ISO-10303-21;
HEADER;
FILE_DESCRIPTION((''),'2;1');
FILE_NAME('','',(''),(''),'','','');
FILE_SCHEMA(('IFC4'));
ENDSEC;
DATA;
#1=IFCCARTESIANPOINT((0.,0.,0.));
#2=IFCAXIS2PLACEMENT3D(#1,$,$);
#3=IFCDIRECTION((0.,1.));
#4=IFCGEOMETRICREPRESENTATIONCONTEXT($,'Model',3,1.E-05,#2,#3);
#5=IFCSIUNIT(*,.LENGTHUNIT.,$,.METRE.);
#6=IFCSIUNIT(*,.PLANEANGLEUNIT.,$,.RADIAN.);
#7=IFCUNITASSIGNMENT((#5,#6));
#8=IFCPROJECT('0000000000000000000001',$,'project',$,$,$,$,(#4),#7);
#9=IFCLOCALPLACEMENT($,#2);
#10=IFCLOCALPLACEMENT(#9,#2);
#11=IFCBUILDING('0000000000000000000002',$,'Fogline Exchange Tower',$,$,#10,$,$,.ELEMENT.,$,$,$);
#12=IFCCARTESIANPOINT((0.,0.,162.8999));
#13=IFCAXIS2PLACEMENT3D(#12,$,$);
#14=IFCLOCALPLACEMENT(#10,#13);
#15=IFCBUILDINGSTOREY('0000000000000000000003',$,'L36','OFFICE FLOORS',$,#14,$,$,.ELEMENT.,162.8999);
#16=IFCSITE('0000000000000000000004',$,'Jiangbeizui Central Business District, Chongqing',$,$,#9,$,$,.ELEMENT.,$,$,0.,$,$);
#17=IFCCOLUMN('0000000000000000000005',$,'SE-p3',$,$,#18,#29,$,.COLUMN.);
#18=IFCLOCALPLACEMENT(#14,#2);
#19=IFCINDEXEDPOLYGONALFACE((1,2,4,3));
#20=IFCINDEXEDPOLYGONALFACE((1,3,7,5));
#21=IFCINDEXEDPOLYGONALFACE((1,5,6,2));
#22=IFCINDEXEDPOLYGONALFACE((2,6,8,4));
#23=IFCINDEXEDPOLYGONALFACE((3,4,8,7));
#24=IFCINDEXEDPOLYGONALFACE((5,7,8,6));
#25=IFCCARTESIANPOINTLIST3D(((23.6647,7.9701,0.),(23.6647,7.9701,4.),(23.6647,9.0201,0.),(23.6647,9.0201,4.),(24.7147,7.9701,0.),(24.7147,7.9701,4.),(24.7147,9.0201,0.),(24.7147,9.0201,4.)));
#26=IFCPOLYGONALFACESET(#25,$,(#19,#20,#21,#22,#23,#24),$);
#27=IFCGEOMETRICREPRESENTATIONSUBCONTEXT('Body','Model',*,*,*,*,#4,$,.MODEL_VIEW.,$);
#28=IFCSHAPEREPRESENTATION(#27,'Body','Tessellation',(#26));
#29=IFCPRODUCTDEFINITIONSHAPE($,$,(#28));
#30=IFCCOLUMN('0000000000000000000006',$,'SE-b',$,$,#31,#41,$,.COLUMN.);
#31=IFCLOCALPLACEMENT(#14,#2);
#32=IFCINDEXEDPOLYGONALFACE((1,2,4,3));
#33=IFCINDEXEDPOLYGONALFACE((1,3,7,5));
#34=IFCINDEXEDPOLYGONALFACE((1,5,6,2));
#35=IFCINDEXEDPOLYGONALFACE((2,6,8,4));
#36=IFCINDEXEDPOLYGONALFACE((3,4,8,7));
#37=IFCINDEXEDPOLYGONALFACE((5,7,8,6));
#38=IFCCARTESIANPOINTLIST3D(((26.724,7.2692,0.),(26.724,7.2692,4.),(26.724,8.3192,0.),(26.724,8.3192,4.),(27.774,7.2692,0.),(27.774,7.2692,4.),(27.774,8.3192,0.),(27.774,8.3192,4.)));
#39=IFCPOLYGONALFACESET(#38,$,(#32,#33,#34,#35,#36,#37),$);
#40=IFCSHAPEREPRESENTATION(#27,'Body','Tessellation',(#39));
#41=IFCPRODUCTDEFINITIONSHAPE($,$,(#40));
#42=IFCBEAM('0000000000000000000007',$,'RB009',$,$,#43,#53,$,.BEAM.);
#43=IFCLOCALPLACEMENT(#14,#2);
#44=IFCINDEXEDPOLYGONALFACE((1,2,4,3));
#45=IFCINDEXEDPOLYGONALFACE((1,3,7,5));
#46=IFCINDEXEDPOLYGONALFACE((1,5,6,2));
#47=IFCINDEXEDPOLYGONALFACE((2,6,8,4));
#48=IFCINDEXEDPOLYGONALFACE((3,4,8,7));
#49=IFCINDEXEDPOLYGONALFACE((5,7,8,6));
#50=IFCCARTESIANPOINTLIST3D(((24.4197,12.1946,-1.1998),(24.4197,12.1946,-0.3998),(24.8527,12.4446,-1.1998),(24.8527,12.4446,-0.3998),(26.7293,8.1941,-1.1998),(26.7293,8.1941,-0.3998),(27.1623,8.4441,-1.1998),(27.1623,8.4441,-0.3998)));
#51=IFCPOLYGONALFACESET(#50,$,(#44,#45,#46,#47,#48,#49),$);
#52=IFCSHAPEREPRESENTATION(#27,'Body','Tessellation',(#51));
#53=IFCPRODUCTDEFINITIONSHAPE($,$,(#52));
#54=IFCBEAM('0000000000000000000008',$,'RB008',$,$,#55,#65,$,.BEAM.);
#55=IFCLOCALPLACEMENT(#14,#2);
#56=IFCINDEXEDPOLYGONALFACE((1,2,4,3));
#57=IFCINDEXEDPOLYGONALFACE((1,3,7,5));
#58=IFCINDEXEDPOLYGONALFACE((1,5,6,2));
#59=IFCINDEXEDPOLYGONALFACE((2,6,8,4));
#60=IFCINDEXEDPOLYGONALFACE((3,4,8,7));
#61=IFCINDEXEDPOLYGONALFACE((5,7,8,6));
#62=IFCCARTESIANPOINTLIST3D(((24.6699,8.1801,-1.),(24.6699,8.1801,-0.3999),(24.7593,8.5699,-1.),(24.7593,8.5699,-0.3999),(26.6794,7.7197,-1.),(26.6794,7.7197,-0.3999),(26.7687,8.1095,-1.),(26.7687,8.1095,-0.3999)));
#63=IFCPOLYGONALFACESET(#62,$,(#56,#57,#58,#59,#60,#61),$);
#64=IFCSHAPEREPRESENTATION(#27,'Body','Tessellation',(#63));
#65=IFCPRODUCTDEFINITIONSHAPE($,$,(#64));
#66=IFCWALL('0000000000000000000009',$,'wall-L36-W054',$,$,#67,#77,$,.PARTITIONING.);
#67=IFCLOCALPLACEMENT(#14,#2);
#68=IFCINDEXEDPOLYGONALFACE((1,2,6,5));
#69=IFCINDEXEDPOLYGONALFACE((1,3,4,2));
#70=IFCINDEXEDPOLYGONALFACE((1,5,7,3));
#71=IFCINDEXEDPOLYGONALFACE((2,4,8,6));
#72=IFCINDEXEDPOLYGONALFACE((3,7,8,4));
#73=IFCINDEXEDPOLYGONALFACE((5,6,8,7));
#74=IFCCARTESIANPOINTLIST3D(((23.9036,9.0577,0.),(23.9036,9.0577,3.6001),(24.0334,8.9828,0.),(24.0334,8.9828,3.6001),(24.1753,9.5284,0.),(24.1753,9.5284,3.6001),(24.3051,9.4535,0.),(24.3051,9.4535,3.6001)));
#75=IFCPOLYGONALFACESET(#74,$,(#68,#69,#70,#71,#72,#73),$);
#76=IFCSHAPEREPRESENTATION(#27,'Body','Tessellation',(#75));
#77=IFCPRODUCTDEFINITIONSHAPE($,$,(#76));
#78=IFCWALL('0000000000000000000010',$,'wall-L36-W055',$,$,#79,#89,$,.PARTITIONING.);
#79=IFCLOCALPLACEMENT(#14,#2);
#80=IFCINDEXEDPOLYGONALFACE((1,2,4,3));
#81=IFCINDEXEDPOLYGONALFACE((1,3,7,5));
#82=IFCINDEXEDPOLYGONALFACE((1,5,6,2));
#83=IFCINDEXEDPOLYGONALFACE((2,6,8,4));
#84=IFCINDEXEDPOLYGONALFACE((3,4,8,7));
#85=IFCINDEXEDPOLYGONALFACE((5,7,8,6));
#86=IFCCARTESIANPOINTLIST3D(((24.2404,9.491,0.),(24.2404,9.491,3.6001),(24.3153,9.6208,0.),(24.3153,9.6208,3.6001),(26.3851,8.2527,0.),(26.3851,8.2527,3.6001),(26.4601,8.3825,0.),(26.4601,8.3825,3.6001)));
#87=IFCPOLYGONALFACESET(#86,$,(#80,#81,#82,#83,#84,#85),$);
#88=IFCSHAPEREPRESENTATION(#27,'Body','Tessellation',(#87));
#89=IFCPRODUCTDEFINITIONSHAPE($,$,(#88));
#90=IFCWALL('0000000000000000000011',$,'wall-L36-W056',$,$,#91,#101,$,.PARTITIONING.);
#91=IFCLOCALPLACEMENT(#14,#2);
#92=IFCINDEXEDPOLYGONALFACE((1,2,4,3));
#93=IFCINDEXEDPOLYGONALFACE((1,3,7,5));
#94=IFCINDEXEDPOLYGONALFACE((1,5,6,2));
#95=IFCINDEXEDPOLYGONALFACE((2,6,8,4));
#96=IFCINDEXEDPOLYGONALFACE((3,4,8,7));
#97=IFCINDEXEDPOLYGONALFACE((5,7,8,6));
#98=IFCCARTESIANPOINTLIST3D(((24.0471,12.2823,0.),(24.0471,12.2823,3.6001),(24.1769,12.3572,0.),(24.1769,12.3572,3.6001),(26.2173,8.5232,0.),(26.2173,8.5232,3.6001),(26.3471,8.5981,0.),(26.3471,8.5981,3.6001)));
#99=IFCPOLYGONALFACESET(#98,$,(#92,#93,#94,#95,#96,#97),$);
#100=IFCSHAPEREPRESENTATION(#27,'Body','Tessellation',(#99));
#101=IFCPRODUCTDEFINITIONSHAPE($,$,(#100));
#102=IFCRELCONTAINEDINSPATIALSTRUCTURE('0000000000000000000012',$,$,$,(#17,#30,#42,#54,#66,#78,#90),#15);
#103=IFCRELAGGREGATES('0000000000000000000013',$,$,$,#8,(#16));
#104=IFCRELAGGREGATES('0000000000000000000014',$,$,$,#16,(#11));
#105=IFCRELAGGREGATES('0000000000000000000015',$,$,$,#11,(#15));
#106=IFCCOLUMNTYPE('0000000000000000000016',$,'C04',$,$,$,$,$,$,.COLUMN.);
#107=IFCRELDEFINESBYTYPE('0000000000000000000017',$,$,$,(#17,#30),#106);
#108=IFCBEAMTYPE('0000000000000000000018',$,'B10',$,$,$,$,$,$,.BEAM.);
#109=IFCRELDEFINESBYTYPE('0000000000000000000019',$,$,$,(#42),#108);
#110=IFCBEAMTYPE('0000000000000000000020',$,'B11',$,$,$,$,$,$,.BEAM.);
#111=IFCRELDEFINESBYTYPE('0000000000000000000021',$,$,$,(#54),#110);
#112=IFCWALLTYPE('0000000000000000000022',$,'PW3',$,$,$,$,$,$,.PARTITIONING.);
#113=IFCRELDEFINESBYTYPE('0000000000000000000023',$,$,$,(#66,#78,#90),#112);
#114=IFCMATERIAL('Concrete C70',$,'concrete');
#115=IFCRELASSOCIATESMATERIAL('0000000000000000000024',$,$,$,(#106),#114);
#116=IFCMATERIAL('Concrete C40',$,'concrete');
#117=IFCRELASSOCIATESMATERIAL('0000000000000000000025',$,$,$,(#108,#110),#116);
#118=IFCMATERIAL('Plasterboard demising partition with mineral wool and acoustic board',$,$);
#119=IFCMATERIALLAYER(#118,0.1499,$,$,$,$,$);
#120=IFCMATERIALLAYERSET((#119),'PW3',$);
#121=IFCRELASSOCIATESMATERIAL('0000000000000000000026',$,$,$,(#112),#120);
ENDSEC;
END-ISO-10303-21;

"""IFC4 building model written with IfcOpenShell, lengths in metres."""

from ifc_helpers import new_model, si_unit, direction, frame, frame_2d, origin, origin_2d, place, context, subcontext, project, spatial, rectangle, extrude, material, layer, layer_set, material_profile, profile_set, type_object, element, save


model = new_model("IFC4")

# Units and contexts
model_context = context("Model", 3, precision=1e-05, world=origin(), true_north=direction((0.0, 1.0)))
body_context = subcontext(model_context, "Body", "Model", "MODEL_VIEW")
ifc_project = project(units=[si_unit("LENGTHUNIT", "METRE"), si_unit("PLANEANGLEUNIT", "RADIAN")], contexts=[model_context])

# Site, building, storey
site_placement = place(None, origin())
site = spatial("IfcSite", under=ifc_project, at=site_placement, Name="Jiangbeizui Central Business District, Chongqing", CompositionType="ELEMENT", RefElevation=0.0)
building_placement = place(site_placement, origin())
building = spatial("IfcBuilding", under=site, at=building_placement, Name="Fogline Exchange Tower", CompositionType="ELEMENT")
storey_placement = place(building_placement, frame((0.0, 0.0, 162.8999)))
storey = spatial("IfcBuildingStorey", under=building, at=storey_placement, Name="L36", Description="OFFICE FLOORS", CompositionType="ELEMENT", Elevation=162.8999)

# Columns
ifc_material_1 = material(Name="Concrete C70", Category="concrete")
ifc_material_profile_1 = material_profile(ifc_material_1, rectangle(XDim=1.05, YDim=1.05, at=origin_2d()), Name="RC 1050x1050")
ifc_profile_set_1 = profile_set([ifc_material_profile_1], Name="Concrete C70")
column_type = type_object("IfcColumnType", Name="C04", PredefinedType="COLUMN", material=ifc_profile_set_1)
for number, where, z_axis, x_axis, name in (
    (1, (24.1897, 8.4951, 0.0), (0.0, 0.0, 1.0), (1.0, 0.0, 0.0), "SE-p3"),
    (2, (27.249, 7.7942, 0.0), (0.0, 0.0, 1.0), (1.0, 0.0, 0.0), "SE-b"),
):
    element("IfcColumn", number, at=place(storey_placement, frame(where, z_axis=z_axis, x_axis=x_axis)), inside=storey, type_object=column_type, Name=name, PredefinedType="COLUMN", context=body_context, shape_type="SweptSolid", body=[
        extrude(rectangle(XDim=1.05, YDim=1.05, at=origin_2d()), origin(), (0.0, 0.0, 1.0), 4.0),
    ])

# Beams
ifc_material_2 = material(Name="Concrete C40", Category="concrete")
ifc_material_profile_2 = material_profile(ifc_material_2, rectangle(XDim=0.5, YDim=0.8, at=origin_2d()), Name="RC 500x800")
ifc_profile_set_2 = profile_set([ifc_material_profile_2], Name="Concrete C40")
beam_type_1 = type_object("IfcBeamType", Name="B10", PredefinedType="BEAM", material=ifc_profile_set_2)
beam_1_placement = place(storey_placement, frame((26.9458, 8.3191, -0.7998), z_axis=(-0.499982, 0.866036, 0.0), x_axis=(-0.866036, -0.499982, 0.0)))
element("IfcBeam", 3, at=beam_1_placement, inside=storey, type_object=beam_type_1, Name="RB009", PredefinedType="BEAM", context=body_context, shape_type="SweptSolid", body=[
    extrude(rectangle(XDim=0.5, YDim=0.8, at=origin_2d()), origin(), (0.0, 0.0, 1.0), 4.6194),
])
ifc_material_profile_3 = material_profile(ifc_material_2, rectangle(XDim=0.3999, YDim=0.6001, at=origin_2d()), Name="RC 400x600")
ifc_profile_set_3 = profile_set([ifc_material_profile_3], Name="Concrete C40")
beam_type_2 = type_object("IfcBeamType", Name="B11", PredefinedType="BEAM", material=ifc_profile_set_3)
beam_2_placement = place(storey_placement, frame((24.7146, 8.375, -0.7), z_axis=(0.974739, -0.223346, 0.0), x_axis=(0.223346, 0.974739, 0.0)))
element("IfcBeam", 4, at=beam_2_placement, inside=storey, type_object=beam_type_2, Name="RB008", PredefinedType="BEAM", context=body_context, shape_type="SweptSolid", body=[
    extrude(rectangle(XDim=0.3999, YDim=0.6001, at=origin_2d()), origin(), (0.0, 0.0, 1.0), 2.0615),
])

# Walls
ifc_material_3 = material(Name="Plasterboard demising partition with mineral wool and acoustic board")
ifc_layer_1 = layer(ifc_material_3, 0.1499)
ifc_layer_set_1 = layer_set([ifc_layer_1], Name="PW3")
wall_type_1 = type_object("IfcWallType", Name="PW3", PredefinedType="PARTITIONING", material=ifc_layer_set_1)
wall_1_placement = place(storey_placement, frame((23.9685, 9.0203, 0.0), z_axis=(0.0, 0.0, 1.0), x_axis=(0.499956, 0.866051, 0.0)))
element("IfcWall", 5, at=wall_1_placement, inside=storey, type_object=wall_type_1, Name="wall-L36-W054", PredefinedType="PARTITIONING", context=body_context, shape_type="SweptSolid", body=[
    extrude(rectangle(XDim=0.5435, YDim=0.1499, at=frame_2d((0.2717, 0.0))), origin(), (0.0, 0.0, 1.0), 3.6001),
])
wall_2_placement = place(storey_placement, frame((24.2778, 9.5559, 0.0), z_axis=(0.0, 0.0, 1.0), x_axis=(0.866026, -0.499998, 0.0)))
element("IfcWall", 6, at=wall_2_placement, inside=storey, type_object=wall_type_1, Name="wall-L36-W055", PredefinedType="PARTITIONING", context=body_context, shape_type="SweptSolid", body=[
    extrude(rectangle(XDim=2.4766, YDim=0.1499, at=frame_2d((1.2383, 0.0))), origin(), (0.0, 0.0, 1.0), 3.6001),
])
wall_3_placement = place(storey_placement, frame((26.2822, 8.5605, 0.0), z_axis=(0.0, 0.0, 1.0), x_axis=(-0.499981, 0.866037, 0.0)))
element("IfcWall", 7, at=wall_3_placement, inside=storey, type_object=wall_type_1, Name="wall-L36-W056", PredefinedType="PARTITIONING", context=body_context, shape_type="SweptSolid", body=[
    extrude(rectangle(XDim=4.3406, YDim=0.1499, at=frame_2d((2.1704, 0.0))), origin(), (0.0, 0.0, 1.0), 3.6001),
])

save(model, "model.ifc")
